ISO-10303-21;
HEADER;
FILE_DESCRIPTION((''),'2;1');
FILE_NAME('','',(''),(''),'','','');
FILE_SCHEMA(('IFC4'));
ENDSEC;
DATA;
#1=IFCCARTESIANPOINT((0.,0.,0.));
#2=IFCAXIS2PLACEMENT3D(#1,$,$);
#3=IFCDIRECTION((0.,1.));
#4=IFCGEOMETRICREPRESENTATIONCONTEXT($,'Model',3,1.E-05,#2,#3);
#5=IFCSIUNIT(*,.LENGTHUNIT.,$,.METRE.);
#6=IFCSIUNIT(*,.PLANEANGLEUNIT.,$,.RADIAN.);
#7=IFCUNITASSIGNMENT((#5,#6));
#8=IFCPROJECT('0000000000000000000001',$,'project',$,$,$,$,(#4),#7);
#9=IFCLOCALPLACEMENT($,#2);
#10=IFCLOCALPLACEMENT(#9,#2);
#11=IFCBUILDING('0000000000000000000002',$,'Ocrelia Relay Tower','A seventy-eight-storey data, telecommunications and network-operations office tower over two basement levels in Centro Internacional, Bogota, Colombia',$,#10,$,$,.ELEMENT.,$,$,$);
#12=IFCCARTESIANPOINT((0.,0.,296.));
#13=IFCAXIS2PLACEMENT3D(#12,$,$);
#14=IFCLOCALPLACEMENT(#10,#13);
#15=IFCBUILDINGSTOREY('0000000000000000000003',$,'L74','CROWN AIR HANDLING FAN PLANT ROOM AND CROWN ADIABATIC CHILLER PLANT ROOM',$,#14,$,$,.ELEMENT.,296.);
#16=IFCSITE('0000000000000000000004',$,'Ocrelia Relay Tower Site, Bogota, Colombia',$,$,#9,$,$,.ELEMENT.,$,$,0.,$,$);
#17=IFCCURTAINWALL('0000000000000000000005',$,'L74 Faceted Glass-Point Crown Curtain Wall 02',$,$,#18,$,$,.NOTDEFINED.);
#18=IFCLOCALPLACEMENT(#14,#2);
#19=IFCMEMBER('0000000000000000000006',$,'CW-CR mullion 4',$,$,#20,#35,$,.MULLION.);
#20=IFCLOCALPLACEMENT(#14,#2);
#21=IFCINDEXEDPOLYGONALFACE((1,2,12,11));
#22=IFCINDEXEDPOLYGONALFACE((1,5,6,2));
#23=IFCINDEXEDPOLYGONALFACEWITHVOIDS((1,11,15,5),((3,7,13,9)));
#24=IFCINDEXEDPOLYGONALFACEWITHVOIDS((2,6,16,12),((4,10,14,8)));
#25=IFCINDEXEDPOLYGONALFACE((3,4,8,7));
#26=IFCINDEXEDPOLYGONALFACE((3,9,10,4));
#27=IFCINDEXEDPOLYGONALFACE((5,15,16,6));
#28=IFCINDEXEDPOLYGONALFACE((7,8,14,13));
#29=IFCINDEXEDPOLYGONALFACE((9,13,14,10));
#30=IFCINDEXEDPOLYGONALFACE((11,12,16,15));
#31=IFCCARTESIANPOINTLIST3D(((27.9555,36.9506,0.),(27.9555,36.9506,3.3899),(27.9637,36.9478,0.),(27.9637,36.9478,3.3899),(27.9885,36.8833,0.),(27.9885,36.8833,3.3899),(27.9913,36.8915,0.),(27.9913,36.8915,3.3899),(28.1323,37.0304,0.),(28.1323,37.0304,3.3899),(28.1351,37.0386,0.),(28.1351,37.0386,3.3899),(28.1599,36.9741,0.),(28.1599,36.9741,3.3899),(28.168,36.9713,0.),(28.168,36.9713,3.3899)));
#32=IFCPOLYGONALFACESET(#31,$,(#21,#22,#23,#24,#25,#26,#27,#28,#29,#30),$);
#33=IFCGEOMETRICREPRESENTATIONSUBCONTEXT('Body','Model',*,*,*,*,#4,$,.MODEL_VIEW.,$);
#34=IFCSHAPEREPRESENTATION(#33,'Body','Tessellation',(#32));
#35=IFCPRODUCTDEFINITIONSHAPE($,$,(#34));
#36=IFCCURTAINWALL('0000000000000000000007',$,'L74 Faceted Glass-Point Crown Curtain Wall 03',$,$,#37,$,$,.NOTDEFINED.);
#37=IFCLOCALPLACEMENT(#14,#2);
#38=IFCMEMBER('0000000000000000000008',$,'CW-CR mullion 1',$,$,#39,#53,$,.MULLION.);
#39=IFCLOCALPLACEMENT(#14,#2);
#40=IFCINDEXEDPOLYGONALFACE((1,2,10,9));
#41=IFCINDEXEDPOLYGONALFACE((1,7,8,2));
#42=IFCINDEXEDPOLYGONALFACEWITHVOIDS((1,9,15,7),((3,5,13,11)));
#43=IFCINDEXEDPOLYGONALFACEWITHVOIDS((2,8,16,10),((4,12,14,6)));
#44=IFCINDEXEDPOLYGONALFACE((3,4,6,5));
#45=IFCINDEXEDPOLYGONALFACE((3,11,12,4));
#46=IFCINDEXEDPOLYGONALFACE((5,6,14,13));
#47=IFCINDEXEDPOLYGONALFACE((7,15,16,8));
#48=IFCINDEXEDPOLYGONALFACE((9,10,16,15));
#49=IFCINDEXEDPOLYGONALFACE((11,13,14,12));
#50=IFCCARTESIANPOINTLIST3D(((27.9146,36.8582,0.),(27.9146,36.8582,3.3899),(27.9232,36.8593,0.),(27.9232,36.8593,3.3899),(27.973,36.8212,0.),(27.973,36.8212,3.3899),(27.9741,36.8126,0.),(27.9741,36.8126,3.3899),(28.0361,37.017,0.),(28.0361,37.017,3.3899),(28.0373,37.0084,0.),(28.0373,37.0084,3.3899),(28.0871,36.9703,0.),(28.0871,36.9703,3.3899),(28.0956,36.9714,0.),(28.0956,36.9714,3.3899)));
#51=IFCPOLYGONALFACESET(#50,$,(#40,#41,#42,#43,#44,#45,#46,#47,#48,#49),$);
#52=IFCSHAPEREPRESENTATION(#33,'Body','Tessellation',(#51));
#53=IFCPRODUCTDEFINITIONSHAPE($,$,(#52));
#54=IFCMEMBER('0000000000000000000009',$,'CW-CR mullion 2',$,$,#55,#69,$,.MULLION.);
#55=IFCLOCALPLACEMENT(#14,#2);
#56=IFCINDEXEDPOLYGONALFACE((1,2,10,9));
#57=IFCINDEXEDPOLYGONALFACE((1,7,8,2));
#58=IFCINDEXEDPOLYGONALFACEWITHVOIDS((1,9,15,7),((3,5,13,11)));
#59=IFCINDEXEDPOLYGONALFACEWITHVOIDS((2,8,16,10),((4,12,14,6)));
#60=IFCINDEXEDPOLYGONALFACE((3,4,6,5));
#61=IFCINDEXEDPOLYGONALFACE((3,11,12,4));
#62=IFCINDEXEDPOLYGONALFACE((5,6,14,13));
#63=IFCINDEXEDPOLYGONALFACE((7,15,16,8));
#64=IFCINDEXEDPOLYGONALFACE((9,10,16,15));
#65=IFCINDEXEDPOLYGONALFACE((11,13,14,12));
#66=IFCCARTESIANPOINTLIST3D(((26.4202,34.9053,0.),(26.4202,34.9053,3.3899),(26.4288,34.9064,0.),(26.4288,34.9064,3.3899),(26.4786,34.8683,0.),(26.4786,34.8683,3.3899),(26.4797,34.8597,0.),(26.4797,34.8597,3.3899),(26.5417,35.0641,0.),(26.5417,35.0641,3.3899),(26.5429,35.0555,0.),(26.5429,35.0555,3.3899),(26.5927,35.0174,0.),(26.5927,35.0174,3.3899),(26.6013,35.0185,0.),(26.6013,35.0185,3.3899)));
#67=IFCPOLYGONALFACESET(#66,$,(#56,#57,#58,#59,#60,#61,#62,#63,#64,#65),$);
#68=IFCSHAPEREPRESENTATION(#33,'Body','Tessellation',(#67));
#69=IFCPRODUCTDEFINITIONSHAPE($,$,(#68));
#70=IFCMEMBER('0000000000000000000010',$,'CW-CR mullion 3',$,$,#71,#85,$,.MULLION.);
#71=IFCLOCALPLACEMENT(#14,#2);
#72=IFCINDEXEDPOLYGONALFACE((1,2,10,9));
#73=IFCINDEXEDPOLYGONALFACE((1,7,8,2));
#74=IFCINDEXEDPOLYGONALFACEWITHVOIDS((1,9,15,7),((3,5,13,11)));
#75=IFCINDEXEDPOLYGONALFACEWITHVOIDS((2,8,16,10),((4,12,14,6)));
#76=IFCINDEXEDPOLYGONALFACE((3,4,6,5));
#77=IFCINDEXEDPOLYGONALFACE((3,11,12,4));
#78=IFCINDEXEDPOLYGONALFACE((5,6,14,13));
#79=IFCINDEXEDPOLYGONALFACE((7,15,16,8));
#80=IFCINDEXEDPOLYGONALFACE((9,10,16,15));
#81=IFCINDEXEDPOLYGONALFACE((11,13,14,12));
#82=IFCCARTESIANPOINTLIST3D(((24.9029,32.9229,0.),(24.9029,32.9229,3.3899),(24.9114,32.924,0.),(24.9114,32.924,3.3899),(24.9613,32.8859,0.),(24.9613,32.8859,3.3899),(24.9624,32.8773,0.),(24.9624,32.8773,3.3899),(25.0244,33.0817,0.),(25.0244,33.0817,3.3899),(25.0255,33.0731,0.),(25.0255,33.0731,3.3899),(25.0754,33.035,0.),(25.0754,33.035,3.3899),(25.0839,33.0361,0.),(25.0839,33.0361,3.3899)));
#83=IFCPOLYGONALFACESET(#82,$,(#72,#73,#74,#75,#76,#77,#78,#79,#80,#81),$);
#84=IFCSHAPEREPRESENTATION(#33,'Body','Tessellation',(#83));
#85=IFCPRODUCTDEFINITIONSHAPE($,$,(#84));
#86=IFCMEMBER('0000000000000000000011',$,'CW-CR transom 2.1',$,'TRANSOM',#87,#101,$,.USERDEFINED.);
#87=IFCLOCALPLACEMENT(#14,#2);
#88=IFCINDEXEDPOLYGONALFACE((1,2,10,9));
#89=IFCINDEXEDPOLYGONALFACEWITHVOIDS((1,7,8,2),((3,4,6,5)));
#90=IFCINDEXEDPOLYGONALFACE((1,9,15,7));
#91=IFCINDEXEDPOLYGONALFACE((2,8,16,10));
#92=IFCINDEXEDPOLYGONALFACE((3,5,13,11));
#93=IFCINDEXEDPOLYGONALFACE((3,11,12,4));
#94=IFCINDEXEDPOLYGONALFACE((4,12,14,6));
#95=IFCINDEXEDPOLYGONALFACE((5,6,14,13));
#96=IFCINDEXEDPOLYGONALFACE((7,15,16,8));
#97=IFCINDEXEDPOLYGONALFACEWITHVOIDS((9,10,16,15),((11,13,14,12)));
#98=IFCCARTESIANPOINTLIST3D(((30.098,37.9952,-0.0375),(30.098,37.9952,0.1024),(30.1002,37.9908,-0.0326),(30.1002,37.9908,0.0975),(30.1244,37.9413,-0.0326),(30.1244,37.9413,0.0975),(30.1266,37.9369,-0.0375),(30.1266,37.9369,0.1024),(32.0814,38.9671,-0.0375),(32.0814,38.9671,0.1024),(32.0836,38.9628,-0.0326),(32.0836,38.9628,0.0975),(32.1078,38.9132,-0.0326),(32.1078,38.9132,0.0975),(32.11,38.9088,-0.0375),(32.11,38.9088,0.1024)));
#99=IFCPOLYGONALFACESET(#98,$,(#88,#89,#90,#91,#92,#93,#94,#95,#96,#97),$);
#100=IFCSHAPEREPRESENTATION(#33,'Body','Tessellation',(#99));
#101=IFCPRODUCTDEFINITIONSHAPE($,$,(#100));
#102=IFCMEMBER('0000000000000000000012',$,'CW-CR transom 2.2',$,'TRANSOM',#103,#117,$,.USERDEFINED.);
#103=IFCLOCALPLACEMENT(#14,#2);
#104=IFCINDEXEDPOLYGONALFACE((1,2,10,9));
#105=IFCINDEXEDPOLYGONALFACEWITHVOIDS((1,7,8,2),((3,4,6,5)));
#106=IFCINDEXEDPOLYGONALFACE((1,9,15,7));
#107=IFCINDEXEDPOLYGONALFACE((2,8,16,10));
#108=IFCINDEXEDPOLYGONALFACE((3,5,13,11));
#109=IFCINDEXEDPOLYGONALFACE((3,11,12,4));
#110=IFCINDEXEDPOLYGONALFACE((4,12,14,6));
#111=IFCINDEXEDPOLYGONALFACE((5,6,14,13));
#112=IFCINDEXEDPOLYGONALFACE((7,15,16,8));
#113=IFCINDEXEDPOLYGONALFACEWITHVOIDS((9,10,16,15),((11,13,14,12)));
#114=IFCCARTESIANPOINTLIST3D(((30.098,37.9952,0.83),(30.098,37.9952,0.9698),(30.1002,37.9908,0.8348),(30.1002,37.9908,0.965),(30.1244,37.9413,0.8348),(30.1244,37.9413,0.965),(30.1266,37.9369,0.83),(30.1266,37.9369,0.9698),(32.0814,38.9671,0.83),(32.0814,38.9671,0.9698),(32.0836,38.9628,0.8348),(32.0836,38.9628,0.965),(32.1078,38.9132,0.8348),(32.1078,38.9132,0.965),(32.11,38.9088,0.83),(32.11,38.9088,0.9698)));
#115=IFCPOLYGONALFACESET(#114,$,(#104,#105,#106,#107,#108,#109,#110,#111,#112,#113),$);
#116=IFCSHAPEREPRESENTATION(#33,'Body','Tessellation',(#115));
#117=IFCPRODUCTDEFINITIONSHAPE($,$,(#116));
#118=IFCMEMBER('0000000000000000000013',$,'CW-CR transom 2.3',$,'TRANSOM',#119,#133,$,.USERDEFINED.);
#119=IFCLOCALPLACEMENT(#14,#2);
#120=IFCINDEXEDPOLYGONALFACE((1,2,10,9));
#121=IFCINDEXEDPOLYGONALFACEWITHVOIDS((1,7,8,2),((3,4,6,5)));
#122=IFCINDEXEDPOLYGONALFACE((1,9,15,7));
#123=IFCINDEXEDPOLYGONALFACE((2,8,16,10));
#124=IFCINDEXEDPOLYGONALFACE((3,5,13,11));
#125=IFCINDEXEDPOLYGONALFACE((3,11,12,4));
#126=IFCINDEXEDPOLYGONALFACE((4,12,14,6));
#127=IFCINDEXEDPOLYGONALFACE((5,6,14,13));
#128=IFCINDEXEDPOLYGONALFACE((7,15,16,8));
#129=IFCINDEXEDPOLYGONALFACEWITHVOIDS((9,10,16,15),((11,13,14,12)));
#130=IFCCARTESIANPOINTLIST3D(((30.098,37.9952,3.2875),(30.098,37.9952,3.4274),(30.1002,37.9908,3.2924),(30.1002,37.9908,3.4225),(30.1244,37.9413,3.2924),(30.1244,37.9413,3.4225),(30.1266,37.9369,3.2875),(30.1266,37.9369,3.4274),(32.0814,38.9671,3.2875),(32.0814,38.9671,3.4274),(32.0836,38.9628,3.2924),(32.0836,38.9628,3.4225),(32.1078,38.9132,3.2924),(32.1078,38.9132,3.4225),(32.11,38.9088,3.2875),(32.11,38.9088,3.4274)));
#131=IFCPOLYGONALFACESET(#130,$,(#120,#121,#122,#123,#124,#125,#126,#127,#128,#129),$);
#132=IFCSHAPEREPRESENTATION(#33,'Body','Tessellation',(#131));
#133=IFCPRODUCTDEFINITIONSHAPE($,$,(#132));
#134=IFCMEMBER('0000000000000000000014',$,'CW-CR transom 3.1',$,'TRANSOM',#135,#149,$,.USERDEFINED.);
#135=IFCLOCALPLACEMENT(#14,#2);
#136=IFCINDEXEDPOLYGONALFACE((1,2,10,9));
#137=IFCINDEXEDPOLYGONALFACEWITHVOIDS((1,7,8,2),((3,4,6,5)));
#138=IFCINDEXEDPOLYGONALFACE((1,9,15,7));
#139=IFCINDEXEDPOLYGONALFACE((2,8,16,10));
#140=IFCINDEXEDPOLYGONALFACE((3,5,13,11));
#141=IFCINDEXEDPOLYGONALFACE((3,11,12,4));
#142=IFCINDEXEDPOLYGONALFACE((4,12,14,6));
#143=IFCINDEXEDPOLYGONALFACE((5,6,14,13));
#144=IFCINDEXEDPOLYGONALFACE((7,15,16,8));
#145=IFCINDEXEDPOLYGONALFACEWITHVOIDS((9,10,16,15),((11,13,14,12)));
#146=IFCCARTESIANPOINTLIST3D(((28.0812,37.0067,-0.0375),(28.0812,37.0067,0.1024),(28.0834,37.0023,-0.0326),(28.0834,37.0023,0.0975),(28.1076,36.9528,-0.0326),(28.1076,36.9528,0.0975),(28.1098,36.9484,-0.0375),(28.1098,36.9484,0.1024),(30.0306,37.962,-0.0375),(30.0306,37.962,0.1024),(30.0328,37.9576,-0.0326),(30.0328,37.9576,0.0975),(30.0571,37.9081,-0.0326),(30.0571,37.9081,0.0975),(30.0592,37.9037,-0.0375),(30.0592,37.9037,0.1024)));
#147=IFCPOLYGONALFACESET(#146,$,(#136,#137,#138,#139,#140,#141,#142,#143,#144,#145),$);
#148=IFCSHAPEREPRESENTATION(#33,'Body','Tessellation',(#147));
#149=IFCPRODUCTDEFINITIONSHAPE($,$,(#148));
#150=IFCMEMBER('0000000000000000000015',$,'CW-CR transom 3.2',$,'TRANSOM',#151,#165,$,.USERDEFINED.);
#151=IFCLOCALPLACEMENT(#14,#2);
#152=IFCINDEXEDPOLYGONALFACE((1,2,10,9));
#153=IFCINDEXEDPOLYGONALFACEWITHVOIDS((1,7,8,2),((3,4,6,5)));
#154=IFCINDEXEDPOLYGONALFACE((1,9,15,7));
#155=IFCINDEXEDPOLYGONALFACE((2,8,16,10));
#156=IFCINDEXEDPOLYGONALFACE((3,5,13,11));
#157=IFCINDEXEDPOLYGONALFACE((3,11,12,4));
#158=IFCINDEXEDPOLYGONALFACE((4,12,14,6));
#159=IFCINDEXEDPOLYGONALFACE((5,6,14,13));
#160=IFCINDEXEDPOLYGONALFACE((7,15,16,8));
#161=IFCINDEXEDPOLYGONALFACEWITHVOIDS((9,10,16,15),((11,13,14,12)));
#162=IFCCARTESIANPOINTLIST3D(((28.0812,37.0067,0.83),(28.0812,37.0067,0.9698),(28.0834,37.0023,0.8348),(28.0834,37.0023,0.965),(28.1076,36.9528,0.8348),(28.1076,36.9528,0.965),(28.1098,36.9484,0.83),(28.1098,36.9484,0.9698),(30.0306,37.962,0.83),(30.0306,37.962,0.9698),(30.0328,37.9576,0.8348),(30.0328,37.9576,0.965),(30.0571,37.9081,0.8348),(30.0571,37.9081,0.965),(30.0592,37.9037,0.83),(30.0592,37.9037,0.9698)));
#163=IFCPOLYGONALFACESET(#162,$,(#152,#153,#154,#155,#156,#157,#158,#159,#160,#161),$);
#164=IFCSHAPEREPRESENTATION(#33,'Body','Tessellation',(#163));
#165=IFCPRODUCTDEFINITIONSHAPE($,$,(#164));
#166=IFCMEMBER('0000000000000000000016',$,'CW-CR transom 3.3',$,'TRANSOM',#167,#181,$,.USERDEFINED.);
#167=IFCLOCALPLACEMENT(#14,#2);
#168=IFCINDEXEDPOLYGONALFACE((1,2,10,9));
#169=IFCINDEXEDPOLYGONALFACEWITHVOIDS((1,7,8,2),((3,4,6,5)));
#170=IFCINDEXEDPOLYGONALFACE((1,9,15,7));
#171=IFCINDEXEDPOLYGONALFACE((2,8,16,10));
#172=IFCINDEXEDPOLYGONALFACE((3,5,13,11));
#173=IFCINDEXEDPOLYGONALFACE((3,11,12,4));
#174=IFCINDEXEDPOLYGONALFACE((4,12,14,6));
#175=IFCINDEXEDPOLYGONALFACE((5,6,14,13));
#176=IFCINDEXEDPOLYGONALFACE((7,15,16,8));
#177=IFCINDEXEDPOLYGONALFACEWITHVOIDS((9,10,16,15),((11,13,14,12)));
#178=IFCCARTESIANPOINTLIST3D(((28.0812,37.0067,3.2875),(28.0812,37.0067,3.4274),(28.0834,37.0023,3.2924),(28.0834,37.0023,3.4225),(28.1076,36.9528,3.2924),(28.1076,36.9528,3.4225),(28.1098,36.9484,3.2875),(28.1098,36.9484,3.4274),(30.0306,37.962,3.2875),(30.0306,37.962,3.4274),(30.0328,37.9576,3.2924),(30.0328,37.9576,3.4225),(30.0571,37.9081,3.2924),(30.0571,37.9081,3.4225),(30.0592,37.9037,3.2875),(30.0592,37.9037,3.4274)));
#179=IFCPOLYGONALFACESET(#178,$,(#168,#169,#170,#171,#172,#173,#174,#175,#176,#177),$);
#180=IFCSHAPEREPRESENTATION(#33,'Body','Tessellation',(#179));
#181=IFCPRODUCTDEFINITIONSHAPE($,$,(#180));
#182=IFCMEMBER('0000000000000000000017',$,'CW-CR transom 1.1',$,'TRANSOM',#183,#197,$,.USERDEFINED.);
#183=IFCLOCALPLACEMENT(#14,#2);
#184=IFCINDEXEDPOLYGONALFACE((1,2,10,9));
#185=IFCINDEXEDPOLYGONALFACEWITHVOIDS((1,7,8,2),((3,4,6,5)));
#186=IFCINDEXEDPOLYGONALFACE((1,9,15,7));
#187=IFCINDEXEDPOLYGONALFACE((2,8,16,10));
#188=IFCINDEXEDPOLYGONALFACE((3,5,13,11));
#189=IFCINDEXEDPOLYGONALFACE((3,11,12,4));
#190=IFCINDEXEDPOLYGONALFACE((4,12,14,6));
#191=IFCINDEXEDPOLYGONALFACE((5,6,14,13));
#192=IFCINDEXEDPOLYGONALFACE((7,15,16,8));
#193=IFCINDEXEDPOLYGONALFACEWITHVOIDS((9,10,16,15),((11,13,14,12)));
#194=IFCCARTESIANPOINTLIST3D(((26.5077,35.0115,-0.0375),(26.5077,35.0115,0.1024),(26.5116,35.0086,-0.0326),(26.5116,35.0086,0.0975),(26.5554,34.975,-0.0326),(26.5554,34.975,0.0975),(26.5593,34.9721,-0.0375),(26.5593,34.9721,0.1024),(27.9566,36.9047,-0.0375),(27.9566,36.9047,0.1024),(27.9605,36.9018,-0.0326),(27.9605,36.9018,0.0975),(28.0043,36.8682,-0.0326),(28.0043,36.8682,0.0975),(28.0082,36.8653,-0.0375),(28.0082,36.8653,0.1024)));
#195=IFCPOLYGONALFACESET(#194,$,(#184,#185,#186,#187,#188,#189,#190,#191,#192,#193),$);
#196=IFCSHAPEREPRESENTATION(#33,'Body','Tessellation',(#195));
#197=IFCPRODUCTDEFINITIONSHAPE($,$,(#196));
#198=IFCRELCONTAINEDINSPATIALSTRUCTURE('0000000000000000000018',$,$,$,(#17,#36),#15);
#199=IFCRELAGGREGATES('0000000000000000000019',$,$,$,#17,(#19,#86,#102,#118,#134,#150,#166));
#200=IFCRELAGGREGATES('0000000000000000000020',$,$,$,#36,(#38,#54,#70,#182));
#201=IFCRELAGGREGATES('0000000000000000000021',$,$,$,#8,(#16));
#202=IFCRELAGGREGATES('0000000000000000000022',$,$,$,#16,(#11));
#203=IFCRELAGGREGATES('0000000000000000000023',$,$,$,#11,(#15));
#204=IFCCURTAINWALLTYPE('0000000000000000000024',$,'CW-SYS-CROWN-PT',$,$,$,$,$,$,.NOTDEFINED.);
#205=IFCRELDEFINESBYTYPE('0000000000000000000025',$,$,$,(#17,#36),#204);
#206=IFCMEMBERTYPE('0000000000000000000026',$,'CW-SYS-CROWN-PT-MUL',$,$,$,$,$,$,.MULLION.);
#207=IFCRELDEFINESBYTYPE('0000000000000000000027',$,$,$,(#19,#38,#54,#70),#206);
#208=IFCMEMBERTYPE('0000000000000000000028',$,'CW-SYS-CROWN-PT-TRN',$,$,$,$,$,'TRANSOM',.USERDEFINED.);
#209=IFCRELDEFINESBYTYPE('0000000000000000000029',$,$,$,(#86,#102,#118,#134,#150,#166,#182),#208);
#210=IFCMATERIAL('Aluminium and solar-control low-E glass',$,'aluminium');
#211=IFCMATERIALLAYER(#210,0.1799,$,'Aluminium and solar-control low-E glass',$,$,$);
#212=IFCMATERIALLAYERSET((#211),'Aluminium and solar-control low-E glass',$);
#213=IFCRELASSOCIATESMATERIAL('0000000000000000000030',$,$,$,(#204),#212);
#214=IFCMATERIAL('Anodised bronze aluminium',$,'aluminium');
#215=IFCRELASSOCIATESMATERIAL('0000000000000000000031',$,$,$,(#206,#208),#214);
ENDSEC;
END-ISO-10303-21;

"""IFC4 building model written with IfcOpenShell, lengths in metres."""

from ifc_helpers import new_model, si_unit, direction, frame, origin, origin_2d, place, context, subcontext, project, spatial, hollow_rectangle, extrude, material, layer, layer_set, material_profile, profile_set, type_object, element, aggregate, save


model = new_model("IFC4")

# Units and contexts
model_context = context("Model", 3, precision=1e-05, world=origin(), true_north=direction((0.0, 1.0)))
body_context = subcontext(model_context, "Body", "Model", "MODEL_VIEW")
ifc_project = project(units=[si_unit("LENGTHUNIT", "METRE"), si_unit("PLANEANGLEUNIT", "RADIAN")], contexts=[model_context])

# Site, building, storey
site_placement = place(None, origin())
site = spatial("IfcSite", under=ifc_project, at=site_placement, Name="Ocrelia Relay Tower Site, Bogota, Colombia", CompositionType="ELEMENT", RefElevation=0.0)
building_placement = place(site_placement, origin())
building = spatial("IfcBuilding", under=site, at=building_placement, Name="Ocrelia Relay Tower", Description="A seventy-eight-storey data, telecommunications and network-operations office tower over two basement levels in Centro Internacional, Bogota, Colombia", CompositionType="ELEMENT")
storey_placement = place(building_placement, frame((0.0, 0.0, 296.0)))
storey = spatial("IfcBuildingStorey", under=building, at=storey_placement, Name="L74", Description="CROWN AIR HANDLING FAN PLANT ROOM AND CROWN ADIABATIC CHILLER PLANT ROOM", CompositionType="ELEMENT", Elevation=296.0)

# Curtain walls, members
ifc_material_1 = material(Name="Aluminium and solar-control low-E glass", Category="aluminium")
ifc_layer_1 = layer(ifc_material_1, 0.1799, Name="Aluminium and solar-control low-E glass")
ifc_layer_set_1 = layer_set([ifc_layer_1], Name="Aluminium and solar-control low-E glass")
curtain_wall_type = type_object("IfcCurtainWallType", Name="CW-SYS-CROWN-PT", PredefinedType="NOTDEFINED", material=ifc_layer_set_1)
curtain_wall_1_placement = place(storey_placement, origin())
curtain_wall_1 = element("IfcCurtainWall", 1, at=curtain_wall_1_placement, inside=storey, type_object=curtain_wall_type, Name="L74 Faceted Glass-Point Crown Curtain Wall 02", PredefinedType="NOTDEFINED")
ifc_material_2 = material(Name="Anodised bronze aluminium", Category="aluminium")
ifc_material_profile_1 = material_profile(ifc_material_2, hollow_rectangle(XDim=0.075, YDim=0.2, WallThickness=0.0061, at=origin_2d()), Name="CW-MUL-200x75")
ifc_profile_set_1 = profile_set([ifc_material_profile_1], Name="Anodised bronze aluminium")
member_type_1 = type_object("IfcMemberType", Name="CW-SYS-CROWN-PT-MUL", PredefinedType="MULLION", material=ifc_profile_set_1)
member_1_placement = place(storey_placement, frame((28.0618, 36.9609, 0.0), z_axis=(0.0, 0.0, 1.0), x_axis=(0.440059, -0.897969, 0.0)))
member_1 = element("IfcMember", 2, at=member_1_placement, type_object=member_type_1, Name="CW-CR mullion 4", PredefinedType="MULLION", context=body_context, shape_type="SweptSolid", body=[
    extrude(hollow_rectangle(XDim=0.075, YDim=0.2, WallThickness=0.0061, at=origin_2d()), origin(), (0.0, 0.0, 1.0), 3.3899),
])
curtain_wall_2_placement = place(storey_placement, origin())
curtain_wall_2 = element("IfcCurtainWall", 3, at=curtain_wall_2_placement, inside=storey, type_object=curtain_wall_type, Name="L74 Faceted Glass-Point Crown Curtain Wall 03", PredefinedType="NOTDEFINED")
member_2_placement = place(storey_placement, frame((28.0051, 36.9148, 0.0), z_axis=(0.0, 0.0, 1.0), x_axis=(0.794107, -0.607778, 0.0)))
member_2 = element("IfcMember", 4, at=member_2_placement, type_object=member_type_1, Name="CW-CR mullion 1", PredefinedType="MULLION", context=body_context, shape_type="SweptSolid", body=[
    extrude(hollow_rectangle(XDim=0.075, YDim=0.2, WallThickness=0.0061, at=origin_2d()), origin(), (0.0, 0.0, 1.0), 3.3899),
])
member_3_placement = place(storey_placement, frame((26.5107, 34.9619, 0.0), z_axis=(0.0, 0.0, 1.0), x_axis=(0.794107, -0.607778, 0.0)))
member_3 = element("IfcMember", 5, at=member_3_placement, type_object=member_type_1, Name="CW-CR mullion 2", PredefinedType="MULLION", context=body_context, shape_type="SweptSolid", body=[
    extrude(hollow_rectangle(XDim=0.075, YDim=0.2, WallThickness=0.0061, at=origin_2d()), origin(), (0.0, 0.0, 1.0), 3.3899),
])
member_4_placement = place(storey_placement, frame((24.9934, 32.9795, 0.0), z_axis=(0.0, 0.0, 1.0), x_axis=(0.794107, -0.607778, 0.0)))
member_4 = element("IfcMember", 6, at=member_4_placement, type_object=member_type_1, Name="CW-CR mullion 3", PredefinedType="MULLION", context=body_context, shape_type="SweptSolid", body=[
    extrude(hollow_rectangle(XDim=0.075, YDim=0.2, WallThickness=0.0061, at=origin_2d()), origin(), (0.0, 0.0, 1.0), 3.3899),
])

# Members
ifc_material_profile_2 = material_profile(ifc_material_2, hollow_rectangle(XDim=0.0649, YDim=0.1399, WallThickness=0.0049, at=origin_2d()), Name="CW-TRN-140x65")
ifc_profile_set_2 = profile_set([ifc_material_profile_2], Name="Anodised bronze aluminium")
member_type_2 = type_object("IfcMemberType", Name="CW-SYS-CROWN-PT-TRN", ElementType="TRANSOM", PredefinedType="USERDEFINED", material=ifc_profile_set_2)
member_5_placement = place(storey_placement, frame((32.0957, 38.938, 0.0325), z_axis=(-0.89798, -0.440037, 0.0), x_axis=(0.440037, -0.89798, 0.0)))
member_5 = element("IfcMember", 7, at=member_5_placement, type_object=member_type_2, Name="CW-CR transom 2.1", ObjectType="TRANSOM", PredefinedType="USERDEFINED", context=body_context, shape_type="SweptSolid", body=[
    extrude(hollow_rectangle(XDim=0.0649, YDim=0.1399, WallThickness=0.0049, at=origin_2d()), origin(), (0.0, 0.0, 1.0), 2.2087),
])
member_6_placement = place(storey_placement, frame((32.0957, 38.938, 0.8999), z_axis=(-0.89798, -0.440037, 0.0), x_axis=(0.440037, -0.89798, 0.0)))
member_6 = element("IfcMember", 8, at=member_6_placement, type_object=member_type_2, Name="CW-CR transom 2.2", ObjectType="TRANSOM", PredefinedType="USERDEFINED", context=body_context, shape_type="SweptSolid", body=[
    extrude(hollow_rectangle(XDim=0.0649, YDim=0.1399, WallThickness=0.0049, at=origin_2d()), origin(), (0.0, 0.0, 1.0), 2.2087),
])
member_7_placement = place(storey_placement, frame((32.0957, 38.938, 3.3574), z_axis=(-0.89798, -0.440037, 0.0), x_axis=(0.440037, -0.89798, 0.0)))
member_7 = element("IfcMember", 9, at=member_7_placement, type_object=member_type_2, Name="CW-CR transom 2.3", ObjectType="TRANSOM", PredefinedType="USERDEFINED", context=body_context, shape_type="SweptSolid", body=[
    extrude(hollow_rectangle(XDim=0.0649, YDim=0.1399, WallThickness=0.0049, at=origin_2d()), origin(), (0.0, 0.0, 1.0), 2.2087),
])
member_8_placement = place(storey_placement, frame((30.0449, 37.9329, 0.0325), z_axis=(-0.897975, -0.440047, 0.0), x_axis=(0.440047, -0.897975, 0.0)))
member_8 = element("IfcMember", 10, at=member_8_placement, type_object=member_type_2, Name="CW-CR transom 3.1", ObjectType="TRANSOM", PredefinedType="USERDEFINED", context=body_context, shape_type="SweptSolid", body=[
    extrude(hollow_rectangle(XDim=0.0649, YDim=0.1399, WallThickness=0.0049, at=origin_2d()), origin(), (0.0, 0.0, 1.0), 2.1709),
])
member_9_placement = place(storey_placement, frame((30.0449, 37.9329, 0.8999), z_axis=(-0.897975, -0.440047, 0.0), x_axis=(0.440047, -0.897975, 0.0)))
member_9 = element("IfcMember", 11, at=member_9_placement, type_object=member_type_2, Name="CW-CR transom 3.2", ObjectType="TRANSOM", PredefinedType="USERDEFINED", context=body_context, shape_type="SweptSolid", body=[
    extrude(hollow_rectangle(XDim=0.0649, YDim=0.1399, WallThickness=0.0049, at=origin_2d()), origin(), (0.0, 0.0, 1.0), 2.1709),
])
member_10_placement = place(storey_placement, frame((30.0449, 37.9329, 3.3574), z_axis=(-0.897975, -0.440047, 0.0), x_axis=(0.440047, -0.897975, 0.0)))
member_10 = element("IfcMember", 12, at=member_10_placement, type_object=member_type_2, Name="CW-CR transom 3.3", ObjectType="TRANSOM", PredefinedType="USERDEFINED", context=body_context, shape_type="SweptSolid", body=[
    extrude(hollow_rectangle(XDim=0.0649, YDim=0.1399, WallThickness=0.0049, at=origin_2d()), origin(), (0.0, 0.0, 1.0), 2.1709),
])
member_11_placement = place(storey_placement, frame((27.9824, 36.885, 0.0325), z_axis=(-0.607754, -0.794125, 0.0), x_axis=(0.794125, -0.607754, 0.0)))
member_11 = element("IfcMember", 13, at=member_11_placement, type_object=member_type_2, Name="CW-CR transom 1.1", ObjectType="TRANSOM", PredefinedType="USERDEFINED", context=body_context, shape_type="SweptSolid", body=[
    extrude(hollow_rectangle(XDim=0.0649, YDim=0.1399, WallThickness=0.0049, at=origin_2d()), origin(), (0.0, 0.0, 1.0), 2.384),
])

aggregate(curtain_wall_1, [member_1, member_5, member_6, member_7, member_8, member_9, member_10])
aggregate(curtain_wall_2, [member_2, member_3, member_4, member_11])

save(model, "model.ifc")
